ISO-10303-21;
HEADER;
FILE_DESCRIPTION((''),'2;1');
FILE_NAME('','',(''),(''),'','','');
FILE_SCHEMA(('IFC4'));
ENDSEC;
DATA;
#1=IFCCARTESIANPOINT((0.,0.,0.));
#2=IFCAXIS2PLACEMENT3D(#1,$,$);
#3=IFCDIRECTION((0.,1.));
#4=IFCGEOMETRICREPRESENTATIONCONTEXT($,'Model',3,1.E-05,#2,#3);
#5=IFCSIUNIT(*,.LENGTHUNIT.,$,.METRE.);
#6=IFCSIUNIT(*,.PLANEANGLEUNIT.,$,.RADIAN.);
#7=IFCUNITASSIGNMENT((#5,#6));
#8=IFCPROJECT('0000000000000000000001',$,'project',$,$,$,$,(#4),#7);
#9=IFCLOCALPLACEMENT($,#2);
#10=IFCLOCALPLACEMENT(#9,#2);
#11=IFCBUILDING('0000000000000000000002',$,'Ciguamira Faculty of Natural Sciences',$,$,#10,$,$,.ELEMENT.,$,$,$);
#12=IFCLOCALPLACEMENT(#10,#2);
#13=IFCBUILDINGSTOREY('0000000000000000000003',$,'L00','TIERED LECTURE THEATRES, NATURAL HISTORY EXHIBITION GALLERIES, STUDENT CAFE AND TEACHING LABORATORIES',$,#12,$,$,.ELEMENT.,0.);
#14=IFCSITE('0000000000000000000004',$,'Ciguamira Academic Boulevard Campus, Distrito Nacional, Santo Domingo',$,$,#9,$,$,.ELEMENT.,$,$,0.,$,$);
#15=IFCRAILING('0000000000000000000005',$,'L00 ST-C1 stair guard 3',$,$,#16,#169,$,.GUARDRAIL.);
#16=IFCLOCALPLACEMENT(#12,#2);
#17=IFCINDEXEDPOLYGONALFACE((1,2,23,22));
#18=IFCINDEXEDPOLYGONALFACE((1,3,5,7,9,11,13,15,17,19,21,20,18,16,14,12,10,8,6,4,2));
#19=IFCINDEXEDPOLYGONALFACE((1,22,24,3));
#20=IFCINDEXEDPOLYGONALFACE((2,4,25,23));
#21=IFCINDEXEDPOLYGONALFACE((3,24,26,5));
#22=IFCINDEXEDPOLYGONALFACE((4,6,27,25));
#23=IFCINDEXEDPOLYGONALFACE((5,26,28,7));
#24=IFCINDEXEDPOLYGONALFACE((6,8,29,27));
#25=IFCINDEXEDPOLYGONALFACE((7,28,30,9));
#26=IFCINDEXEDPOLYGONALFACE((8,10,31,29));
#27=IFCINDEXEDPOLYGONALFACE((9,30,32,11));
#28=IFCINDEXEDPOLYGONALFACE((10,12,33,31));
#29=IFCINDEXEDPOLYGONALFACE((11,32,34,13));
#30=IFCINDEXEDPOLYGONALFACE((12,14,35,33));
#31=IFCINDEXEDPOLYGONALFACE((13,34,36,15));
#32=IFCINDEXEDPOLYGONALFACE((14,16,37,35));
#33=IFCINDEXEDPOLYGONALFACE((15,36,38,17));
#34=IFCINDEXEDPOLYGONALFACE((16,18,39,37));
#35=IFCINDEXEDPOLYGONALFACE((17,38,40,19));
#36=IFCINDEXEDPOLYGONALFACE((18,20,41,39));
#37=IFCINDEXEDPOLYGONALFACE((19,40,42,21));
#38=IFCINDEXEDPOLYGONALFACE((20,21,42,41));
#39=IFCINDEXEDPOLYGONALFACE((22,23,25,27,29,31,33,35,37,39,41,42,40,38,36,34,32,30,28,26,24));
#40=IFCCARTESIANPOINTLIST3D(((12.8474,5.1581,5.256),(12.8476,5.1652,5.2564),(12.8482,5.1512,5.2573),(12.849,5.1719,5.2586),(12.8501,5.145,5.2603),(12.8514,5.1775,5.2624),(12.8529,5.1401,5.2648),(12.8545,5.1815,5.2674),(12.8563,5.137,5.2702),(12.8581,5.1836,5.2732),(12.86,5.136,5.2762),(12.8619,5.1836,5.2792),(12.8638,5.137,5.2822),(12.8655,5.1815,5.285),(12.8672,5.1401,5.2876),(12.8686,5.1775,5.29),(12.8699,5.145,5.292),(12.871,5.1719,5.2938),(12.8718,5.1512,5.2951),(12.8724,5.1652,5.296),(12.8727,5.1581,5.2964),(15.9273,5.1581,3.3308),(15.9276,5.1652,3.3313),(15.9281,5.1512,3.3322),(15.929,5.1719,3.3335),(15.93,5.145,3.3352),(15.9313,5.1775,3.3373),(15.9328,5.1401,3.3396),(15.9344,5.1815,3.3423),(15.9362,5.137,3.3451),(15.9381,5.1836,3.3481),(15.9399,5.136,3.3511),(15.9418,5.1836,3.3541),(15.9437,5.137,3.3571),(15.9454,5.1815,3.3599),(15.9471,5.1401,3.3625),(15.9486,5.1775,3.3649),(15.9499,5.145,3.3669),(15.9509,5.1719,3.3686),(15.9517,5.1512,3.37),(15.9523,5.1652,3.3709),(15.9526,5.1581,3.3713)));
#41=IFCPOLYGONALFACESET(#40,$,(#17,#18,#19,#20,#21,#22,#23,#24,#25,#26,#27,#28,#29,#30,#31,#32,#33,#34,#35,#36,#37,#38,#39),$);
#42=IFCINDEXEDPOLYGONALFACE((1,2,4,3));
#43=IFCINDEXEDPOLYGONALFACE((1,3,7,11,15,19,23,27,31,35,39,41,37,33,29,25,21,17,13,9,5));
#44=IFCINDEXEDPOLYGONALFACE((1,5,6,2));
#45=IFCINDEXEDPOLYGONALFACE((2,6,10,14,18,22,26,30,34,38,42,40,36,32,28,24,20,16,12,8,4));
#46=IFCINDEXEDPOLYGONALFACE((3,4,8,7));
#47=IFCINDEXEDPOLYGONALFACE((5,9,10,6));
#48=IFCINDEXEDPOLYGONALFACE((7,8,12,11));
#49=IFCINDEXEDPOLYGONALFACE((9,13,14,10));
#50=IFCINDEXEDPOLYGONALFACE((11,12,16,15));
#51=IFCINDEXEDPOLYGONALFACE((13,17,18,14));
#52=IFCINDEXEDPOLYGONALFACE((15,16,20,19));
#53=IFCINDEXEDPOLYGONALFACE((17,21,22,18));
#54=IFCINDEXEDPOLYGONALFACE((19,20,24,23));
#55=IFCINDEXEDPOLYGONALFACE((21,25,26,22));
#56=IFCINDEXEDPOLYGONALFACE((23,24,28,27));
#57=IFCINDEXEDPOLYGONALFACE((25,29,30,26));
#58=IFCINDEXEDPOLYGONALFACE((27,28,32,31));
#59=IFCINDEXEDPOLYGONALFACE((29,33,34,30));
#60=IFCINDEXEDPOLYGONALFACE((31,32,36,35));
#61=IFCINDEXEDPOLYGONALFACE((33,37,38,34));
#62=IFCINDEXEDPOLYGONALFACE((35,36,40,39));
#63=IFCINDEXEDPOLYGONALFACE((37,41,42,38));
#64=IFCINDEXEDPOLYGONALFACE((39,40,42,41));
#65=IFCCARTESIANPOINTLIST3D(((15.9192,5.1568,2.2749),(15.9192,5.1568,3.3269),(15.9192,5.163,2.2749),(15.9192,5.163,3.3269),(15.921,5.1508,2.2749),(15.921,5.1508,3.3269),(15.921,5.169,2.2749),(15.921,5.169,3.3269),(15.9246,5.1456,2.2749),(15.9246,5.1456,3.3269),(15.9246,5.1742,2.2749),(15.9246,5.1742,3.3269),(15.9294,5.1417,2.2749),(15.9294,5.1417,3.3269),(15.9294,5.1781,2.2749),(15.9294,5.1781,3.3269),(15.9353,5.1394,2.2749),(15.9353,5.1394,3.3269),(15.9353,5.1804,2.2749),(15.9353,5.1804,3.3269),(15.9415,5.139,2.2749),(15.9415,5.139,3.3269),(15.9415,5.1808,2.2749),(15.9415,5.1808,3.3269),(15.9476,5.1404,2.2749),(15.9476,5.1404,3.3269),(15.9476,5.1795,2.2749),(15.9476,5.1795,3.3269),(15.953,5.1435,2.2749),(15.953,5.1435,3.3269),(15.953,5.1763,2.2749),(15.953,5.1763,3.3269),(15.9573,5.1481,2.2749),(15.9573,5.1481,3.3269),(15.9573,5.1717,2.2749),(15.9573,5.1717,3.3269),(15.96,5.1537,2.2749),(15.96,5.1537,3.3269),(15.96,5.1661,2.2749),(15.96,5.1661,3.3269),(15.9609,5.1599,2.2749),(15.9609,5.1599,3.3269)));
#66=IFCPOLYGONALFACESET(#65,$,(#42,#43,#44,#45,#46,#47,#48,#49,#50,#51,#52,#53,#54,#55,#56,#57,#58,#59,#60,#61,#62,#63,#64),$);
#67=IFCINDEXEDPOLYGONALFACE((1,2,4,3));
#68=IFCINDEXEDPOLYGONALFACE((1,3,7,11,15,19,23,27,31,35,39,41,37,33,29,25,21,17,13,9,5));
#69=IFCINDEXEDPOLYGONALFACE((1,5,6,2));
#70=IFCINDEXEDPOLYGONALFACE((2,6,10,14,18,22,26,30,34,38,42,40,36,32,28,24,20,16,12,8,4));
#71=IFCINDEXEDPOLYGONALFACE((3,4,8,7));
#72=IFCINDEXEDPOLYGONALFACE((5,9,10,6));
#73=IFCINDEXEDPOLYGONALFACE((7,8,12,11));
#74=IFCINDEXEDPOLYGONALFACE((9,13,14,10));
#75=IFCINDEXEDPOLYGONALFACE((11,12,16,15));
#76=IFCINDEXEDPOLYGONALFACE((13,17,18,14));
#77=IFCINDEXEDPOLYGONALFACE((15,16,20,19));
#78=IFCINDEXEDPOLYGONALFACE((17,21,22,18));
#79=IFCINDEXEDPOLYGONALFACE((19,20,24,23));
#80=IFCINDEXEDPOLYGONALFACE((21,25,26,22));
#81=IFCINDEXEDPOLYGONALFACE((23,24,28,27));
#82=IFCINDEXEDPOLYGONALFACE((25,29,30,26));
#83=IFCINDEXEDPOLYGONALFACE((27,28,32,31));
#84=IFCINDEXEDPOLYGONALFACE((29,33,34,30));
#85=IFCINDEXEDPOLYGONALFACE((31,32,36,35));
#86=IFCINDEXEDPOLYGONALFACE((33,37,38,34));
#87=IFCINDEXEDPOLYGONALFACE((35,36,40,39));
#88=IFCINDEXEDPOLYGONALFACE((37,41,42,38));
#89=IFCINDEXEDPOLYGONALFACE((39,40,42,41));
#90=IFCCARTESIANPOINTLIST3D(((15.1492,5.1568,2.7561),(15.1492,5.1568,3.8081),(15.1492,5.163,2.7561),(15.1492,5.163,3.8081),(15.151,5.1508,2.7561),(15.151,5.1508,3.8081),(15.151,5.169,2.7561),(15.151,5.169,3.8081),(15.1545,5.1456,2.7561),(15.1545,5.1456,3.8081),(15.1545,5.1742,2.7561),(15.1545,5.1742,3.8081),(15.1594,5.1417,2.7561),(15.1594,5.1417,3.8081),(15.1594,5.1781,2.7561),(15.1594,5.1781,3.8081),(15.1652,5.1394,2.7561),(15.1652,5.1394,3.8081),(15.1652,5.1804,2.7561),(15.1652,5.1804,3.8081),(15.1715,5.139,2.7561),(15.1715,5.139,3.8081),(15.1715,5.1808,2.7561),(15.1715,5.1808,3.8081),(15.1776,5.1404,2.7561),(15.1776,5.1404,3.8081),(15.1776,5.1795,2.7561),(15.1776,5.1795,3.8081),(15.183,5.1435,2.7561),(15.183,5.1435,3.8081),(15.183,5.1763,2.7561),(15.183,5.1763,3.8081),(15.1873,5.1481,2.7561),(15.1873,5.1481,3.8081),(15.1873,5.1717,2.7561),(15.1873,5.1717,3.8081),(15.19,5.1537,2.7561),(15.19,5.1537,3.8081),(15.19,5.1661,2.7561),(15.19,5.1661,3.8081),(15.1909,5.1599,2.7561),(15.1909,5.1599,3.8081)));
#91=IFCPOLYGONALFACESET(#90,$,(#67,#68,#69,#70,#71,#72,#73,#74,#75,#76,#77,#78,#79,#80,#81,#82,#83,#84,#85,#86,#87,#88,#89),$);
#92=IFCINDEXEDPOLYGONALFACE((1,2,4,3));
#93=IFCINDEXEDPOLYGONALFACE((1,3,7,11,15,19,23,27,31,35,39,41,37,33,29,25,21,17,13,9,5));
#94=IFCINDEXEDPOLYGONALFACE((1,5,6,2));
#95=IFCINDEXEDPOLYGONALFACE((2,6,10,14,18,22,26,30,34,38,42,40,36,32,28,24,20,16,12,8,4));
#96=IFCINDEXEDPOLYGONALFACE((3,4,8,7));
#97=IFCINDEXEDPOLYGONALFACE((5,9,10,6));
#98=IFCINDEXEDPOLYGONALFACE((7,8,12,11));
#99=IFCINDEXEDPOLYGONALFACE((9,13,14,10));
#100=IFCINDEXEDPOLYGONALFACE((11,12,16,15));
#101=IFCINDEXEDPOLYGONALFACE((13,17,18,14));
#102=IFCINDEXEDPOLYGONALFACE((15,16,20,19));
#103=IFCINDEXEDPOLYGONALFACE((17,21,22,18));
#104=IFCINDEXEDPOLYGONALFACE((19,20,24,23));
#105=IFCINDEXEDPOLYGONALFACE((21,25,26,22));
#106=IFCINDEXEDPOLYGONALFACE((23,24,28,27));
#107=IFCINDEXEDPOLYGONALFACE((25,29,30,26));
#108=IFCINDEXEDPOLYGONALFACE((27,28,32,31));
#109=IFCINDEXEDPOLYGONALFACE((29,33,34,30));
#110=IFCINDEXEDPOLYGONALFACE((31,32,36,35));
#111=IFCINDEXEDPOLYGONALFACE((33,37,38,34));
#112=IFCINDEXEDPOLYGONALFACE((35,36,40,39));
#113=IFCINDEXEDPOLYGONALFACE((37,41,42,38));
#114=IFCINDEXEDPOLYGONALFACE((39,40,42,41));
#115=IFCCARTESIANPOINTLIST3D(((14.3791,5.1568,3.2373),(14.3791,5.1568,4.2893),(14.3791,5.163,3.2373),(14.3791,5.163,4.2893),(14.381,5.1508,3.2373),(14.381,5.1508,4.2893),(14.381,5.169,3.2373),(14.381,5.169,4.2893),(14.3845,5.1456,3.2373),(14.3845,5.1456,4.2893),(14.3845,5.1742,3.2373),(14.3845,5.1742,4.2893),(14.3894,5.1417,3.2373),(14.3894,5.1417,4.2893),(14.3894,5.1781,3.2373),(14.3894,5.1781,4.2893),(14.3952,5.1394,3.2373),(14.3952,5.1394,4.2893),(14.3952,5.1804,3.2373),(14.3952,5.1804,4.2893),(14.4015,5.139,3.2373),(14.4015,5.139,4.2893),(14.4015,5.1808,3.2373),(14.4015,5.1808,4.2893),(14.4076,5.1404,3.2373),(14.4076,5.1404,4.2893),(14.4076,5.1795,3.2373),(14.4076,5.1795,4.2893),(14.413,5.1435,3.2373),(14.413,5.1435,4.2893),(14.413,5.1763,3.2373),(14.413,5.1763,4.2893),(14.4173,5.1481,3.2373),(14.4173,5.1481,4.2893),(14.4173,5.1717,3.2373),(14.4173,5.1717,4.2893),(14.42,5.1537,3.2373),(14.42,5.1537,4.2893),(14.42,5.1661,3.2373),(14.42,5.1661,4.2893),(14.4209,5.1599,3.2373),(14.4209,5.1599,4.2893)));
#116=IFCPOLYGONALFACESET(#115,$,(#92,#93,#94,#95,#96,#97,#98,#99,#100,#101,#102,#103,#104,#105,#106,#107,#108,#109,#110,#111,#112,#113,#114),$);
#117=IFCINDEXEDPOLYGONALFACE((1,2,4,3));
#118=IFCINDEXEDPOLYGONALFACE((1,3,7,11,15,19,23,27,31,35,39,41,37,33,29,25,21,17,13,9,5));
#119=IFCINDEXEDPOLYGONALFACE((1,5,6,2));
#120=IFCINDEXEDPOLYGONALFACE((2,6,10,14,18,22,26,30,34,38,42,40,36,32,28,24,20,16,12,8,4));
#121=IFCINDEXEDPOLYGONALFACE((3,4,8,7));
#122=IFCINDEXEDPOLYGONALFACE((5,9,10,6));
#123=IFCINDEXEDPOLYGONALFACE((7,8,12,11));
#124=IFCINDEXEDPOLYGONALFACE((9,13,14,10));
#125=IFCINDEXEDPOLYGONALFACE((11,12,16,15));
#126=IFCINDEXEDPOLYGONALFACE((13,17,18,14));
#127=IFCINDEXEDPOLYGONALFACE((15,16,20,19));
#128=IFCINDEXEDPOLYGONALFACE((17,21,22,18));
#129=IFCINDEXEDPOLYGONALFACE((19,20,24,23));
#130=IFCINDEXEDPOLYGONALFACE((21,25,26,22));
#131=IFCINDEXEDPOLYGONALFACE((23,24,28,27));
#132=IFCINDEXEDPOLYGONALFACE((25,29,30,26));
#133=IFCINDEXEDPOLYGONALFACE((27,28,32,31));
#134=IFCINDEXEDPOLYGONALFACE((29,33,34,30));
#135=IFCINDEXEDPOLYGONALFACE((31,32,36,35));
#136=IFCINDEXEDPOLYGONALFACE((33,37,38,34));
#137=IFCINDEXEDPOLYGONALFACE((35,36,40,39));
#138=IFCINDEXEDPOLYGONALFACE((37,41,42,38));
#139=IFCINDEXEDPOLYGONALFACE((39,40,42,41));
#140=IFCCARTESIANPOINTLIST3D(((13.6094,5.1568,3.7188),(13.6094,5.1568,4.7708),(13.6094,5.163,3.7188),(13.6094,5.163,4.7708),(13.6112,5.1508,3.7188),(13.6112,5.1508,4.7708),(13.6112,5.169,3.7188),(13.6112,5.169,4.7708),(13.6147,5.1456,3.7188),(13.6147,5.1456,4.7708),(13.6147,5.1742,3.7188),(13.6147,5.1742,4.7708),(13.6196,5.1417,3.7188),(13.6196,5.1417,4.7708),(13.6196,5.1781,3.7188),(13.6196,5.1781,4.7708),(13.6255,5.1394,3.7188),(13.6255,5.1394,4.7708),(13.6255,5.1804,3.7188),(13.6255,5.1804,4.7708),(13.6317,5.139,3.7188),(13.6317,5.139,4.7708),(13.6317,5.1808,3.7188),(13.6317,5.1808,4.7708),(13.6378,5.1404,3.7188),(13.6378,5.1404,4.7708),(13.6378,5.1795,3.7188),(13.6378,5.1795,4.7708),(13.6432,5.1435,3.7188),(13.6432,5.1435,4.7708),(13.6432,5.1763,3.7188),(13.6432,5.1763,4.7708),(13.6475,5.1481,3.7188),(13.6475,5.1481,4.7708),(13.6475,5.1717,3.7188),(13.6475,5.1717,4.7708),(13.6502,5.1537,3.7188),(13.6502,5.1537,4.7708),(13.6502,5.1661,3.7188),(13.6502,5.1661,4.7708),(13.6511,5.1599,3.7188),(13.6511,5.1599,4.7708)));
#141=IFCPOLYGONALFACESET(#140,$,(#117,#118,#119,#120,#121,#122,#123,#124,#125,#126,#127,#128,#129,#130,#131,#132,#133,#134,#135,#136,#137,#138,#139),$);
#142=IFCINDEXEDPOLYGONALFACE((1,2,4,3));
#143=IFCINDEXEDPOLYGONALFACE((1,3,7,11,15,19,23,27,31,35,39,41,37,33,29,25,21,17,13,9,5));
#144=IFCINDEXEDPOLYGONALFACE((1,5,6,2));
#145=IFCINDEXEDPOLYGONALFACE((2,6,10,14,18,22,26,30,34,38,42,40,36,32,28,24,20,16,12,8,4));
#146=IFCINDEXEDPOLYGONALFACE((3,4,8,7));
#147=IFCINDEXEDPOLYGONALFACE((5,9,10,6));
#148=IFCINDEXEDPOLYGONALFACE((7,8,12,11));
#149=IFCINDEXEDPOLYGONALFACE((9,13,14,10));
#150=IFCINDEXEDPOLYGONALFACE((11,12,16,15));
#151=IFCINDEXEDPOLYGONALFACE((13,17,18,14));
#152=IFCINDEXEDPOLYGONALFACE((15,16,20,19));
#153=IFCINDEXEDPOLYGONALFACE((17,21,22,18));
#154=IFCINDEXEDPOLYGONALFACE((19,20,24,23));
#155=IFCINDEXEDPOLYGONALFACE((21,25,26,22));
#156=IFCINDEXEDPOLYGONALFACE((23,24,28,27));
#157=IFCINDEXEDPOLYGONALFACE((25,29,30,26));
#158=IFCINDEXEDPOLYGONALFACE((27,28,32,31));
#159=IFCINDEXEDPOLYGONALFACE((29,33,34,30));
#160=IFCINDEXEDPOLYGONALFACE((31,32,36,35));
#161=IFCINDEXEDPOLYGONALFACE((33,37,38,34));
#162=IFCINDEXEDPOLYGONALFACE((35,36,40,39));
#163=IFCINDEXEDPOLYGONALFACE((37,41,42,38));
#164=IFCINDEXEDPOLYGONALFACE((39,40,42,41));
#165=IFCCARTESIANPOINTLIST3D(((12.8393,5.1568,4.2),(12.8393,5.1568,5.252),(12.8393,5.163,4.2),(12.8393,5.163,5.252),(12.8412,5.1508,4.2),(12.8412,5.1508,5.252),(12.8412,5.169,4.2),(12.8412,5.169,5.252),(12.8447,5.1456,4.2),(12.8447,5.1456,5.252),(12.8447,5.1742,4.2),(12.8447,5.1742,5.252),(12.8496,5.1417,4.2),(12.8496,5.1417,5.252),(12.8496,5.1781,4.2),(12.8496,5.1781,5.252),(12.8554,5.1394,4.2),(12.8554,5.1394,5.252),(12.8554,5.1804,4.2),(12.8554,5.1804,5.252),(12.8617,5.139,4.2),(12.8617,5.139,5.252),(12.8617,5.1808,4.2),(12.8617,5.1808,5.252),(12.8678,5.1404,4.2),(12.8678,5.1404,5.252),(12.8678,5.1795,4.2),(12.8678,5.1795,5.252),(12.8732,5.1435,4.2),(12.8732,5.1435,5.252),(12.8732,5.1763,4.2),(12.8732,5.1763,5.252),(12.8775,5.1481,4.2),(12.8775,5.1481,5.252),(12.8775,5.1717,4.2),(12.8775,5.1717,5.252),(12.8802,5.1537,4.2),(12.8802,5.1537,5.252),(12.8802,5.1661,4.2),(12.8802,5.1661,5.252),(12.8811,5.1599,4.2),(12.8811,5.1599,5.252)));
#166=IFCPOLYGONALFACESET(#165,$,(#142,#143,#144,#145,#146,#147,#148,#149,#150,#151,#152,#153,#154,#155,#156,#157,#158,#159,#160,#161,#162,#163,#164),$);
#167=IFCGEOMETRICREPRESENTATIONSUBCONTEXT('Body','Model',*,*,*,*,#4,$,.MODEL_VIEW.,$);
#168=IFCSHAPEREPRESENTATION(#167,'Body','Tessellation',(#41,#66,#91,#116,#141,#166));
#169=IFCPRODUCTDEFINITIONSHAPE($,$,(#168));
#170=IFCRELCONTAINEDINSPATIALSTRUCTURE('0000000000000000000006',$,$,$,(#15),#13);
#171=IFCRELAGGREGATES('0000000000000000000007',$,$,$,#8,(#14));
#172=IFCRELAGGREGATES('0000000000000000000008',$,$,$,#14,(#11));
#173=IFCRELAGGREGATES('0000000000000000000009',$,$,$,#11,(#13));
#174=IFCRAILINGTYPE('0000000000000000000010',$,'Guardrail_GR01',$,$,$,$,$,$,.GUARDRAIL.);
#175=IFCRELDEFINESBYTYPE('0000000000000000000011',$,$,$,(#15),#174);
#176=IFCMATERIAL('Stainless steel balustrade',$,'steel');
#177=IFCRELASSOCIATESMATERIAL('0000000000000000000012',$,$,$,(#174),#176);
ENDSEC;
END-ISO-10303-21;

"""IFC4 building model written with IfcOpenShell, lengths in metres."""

from ifc_helpers import new_model, si_unit, direction, frame, origin, origin_2d, place, context, subcontext, project, spatial, circle, extrude, material, type_object, element, save


model = new_model("IFC4")

# Units and contexts
model_context = context("Model", 3, precision=1e-05, world=origin(), true_north=direction((0.0, 1.0)))
body_context = subcontext(model_context, "Body", "Model", "MODEL_VIEW")
ifc_project = project(units=[si_unit("LENGTHUNIT", "METRE"), si_unit("PLANEANGLEUNIT", "RADIAN")], contexts=[model_context])

# Site, building, storey
site_placement = place(None, origin())
site = spatial("IfcSite", under=ifc_project, at=site_placement, Name="Ciguamira Academic Boulevard Campus, Distrito Nacional, Santo Domingo", CompositionType="ELEMENT", RefElevation=0.0)
building_placement = place(site_placement, origin())
building = spatial("IfcBuilding", under=site, at=building_placement, Name="Ciguamira Faculty of Natural Sciences", CompositionType="ELEMENT")
storey_placement = place(building_placement, origin())
storey = spatial("IfcBuildingStorey", under=building, at=storey_placement, Name="L00", Description="TIERED LECTURE THEATRES, NATURAL HISTORY EXHIBITION GALLERIES, STUDENT CAFE AND TEACHING LABORATORIES", CompositionType="ELEMENT", Elevation=0.0)

# Railing
ifc_material_1 = material(Name="Stainless steel balustrade", Category="steel")
railing_type_1 = type_object("IfcRailingType", Name="Guardrail_GR01", PredefinedType="GUARDRAIL", material=ifc_material_1)
railing_1_placement = place(storey_placement, frame((15.9399, 5.1599, 2.2749)))
element("IfcRailing", 1, at=railing_1_placement, inside=storey, type_object=railing_type_1, Name="L00 ST-C1 stair guard 3", PredefinedType="GUARDRAIL", context=body_context, shape_type="SweptSolid", body=[
    extrude(circle(Radius=0.0239, at=origin_2d()), frame((0.0, 0.0, 1.0762), z_axis=(-0.847979, 0.0, 0.530029), x_axis=(0.0, -1.0, 0.0)), (0.0, 0.0, 1.0), 3.6321),
    extrude(circle(Radius=0.021, at=origin_2d()), origin(), (0.0, 0.0, 1.0), 1.052),
    extrude(circle(Radius=0.021, at=origin_2d()), frame((-0.77, 0.0, 0.4812)), (0.0, 0.0, 1.0), 1.052),
    extrude(circle(Radius=0.021, at=origin_2d()), frame((-1.54, 0.0, 0.9624)), (0.0, 0.0, 1.0), 1.052),
    extrude(circle(Radius=0.021, at=origin_2d()), frame((-2.3098, 0.0, 1.4438)), (0.0, 0.0, 1.0), 1.052),
    extrude(circle(Radius=0.021, at=origin_2d()), frame((-3.0798, 0.0, 1.925)), (0.0, 0.0, 1.0), 1.052),
])

save(model, "model.ifc")
